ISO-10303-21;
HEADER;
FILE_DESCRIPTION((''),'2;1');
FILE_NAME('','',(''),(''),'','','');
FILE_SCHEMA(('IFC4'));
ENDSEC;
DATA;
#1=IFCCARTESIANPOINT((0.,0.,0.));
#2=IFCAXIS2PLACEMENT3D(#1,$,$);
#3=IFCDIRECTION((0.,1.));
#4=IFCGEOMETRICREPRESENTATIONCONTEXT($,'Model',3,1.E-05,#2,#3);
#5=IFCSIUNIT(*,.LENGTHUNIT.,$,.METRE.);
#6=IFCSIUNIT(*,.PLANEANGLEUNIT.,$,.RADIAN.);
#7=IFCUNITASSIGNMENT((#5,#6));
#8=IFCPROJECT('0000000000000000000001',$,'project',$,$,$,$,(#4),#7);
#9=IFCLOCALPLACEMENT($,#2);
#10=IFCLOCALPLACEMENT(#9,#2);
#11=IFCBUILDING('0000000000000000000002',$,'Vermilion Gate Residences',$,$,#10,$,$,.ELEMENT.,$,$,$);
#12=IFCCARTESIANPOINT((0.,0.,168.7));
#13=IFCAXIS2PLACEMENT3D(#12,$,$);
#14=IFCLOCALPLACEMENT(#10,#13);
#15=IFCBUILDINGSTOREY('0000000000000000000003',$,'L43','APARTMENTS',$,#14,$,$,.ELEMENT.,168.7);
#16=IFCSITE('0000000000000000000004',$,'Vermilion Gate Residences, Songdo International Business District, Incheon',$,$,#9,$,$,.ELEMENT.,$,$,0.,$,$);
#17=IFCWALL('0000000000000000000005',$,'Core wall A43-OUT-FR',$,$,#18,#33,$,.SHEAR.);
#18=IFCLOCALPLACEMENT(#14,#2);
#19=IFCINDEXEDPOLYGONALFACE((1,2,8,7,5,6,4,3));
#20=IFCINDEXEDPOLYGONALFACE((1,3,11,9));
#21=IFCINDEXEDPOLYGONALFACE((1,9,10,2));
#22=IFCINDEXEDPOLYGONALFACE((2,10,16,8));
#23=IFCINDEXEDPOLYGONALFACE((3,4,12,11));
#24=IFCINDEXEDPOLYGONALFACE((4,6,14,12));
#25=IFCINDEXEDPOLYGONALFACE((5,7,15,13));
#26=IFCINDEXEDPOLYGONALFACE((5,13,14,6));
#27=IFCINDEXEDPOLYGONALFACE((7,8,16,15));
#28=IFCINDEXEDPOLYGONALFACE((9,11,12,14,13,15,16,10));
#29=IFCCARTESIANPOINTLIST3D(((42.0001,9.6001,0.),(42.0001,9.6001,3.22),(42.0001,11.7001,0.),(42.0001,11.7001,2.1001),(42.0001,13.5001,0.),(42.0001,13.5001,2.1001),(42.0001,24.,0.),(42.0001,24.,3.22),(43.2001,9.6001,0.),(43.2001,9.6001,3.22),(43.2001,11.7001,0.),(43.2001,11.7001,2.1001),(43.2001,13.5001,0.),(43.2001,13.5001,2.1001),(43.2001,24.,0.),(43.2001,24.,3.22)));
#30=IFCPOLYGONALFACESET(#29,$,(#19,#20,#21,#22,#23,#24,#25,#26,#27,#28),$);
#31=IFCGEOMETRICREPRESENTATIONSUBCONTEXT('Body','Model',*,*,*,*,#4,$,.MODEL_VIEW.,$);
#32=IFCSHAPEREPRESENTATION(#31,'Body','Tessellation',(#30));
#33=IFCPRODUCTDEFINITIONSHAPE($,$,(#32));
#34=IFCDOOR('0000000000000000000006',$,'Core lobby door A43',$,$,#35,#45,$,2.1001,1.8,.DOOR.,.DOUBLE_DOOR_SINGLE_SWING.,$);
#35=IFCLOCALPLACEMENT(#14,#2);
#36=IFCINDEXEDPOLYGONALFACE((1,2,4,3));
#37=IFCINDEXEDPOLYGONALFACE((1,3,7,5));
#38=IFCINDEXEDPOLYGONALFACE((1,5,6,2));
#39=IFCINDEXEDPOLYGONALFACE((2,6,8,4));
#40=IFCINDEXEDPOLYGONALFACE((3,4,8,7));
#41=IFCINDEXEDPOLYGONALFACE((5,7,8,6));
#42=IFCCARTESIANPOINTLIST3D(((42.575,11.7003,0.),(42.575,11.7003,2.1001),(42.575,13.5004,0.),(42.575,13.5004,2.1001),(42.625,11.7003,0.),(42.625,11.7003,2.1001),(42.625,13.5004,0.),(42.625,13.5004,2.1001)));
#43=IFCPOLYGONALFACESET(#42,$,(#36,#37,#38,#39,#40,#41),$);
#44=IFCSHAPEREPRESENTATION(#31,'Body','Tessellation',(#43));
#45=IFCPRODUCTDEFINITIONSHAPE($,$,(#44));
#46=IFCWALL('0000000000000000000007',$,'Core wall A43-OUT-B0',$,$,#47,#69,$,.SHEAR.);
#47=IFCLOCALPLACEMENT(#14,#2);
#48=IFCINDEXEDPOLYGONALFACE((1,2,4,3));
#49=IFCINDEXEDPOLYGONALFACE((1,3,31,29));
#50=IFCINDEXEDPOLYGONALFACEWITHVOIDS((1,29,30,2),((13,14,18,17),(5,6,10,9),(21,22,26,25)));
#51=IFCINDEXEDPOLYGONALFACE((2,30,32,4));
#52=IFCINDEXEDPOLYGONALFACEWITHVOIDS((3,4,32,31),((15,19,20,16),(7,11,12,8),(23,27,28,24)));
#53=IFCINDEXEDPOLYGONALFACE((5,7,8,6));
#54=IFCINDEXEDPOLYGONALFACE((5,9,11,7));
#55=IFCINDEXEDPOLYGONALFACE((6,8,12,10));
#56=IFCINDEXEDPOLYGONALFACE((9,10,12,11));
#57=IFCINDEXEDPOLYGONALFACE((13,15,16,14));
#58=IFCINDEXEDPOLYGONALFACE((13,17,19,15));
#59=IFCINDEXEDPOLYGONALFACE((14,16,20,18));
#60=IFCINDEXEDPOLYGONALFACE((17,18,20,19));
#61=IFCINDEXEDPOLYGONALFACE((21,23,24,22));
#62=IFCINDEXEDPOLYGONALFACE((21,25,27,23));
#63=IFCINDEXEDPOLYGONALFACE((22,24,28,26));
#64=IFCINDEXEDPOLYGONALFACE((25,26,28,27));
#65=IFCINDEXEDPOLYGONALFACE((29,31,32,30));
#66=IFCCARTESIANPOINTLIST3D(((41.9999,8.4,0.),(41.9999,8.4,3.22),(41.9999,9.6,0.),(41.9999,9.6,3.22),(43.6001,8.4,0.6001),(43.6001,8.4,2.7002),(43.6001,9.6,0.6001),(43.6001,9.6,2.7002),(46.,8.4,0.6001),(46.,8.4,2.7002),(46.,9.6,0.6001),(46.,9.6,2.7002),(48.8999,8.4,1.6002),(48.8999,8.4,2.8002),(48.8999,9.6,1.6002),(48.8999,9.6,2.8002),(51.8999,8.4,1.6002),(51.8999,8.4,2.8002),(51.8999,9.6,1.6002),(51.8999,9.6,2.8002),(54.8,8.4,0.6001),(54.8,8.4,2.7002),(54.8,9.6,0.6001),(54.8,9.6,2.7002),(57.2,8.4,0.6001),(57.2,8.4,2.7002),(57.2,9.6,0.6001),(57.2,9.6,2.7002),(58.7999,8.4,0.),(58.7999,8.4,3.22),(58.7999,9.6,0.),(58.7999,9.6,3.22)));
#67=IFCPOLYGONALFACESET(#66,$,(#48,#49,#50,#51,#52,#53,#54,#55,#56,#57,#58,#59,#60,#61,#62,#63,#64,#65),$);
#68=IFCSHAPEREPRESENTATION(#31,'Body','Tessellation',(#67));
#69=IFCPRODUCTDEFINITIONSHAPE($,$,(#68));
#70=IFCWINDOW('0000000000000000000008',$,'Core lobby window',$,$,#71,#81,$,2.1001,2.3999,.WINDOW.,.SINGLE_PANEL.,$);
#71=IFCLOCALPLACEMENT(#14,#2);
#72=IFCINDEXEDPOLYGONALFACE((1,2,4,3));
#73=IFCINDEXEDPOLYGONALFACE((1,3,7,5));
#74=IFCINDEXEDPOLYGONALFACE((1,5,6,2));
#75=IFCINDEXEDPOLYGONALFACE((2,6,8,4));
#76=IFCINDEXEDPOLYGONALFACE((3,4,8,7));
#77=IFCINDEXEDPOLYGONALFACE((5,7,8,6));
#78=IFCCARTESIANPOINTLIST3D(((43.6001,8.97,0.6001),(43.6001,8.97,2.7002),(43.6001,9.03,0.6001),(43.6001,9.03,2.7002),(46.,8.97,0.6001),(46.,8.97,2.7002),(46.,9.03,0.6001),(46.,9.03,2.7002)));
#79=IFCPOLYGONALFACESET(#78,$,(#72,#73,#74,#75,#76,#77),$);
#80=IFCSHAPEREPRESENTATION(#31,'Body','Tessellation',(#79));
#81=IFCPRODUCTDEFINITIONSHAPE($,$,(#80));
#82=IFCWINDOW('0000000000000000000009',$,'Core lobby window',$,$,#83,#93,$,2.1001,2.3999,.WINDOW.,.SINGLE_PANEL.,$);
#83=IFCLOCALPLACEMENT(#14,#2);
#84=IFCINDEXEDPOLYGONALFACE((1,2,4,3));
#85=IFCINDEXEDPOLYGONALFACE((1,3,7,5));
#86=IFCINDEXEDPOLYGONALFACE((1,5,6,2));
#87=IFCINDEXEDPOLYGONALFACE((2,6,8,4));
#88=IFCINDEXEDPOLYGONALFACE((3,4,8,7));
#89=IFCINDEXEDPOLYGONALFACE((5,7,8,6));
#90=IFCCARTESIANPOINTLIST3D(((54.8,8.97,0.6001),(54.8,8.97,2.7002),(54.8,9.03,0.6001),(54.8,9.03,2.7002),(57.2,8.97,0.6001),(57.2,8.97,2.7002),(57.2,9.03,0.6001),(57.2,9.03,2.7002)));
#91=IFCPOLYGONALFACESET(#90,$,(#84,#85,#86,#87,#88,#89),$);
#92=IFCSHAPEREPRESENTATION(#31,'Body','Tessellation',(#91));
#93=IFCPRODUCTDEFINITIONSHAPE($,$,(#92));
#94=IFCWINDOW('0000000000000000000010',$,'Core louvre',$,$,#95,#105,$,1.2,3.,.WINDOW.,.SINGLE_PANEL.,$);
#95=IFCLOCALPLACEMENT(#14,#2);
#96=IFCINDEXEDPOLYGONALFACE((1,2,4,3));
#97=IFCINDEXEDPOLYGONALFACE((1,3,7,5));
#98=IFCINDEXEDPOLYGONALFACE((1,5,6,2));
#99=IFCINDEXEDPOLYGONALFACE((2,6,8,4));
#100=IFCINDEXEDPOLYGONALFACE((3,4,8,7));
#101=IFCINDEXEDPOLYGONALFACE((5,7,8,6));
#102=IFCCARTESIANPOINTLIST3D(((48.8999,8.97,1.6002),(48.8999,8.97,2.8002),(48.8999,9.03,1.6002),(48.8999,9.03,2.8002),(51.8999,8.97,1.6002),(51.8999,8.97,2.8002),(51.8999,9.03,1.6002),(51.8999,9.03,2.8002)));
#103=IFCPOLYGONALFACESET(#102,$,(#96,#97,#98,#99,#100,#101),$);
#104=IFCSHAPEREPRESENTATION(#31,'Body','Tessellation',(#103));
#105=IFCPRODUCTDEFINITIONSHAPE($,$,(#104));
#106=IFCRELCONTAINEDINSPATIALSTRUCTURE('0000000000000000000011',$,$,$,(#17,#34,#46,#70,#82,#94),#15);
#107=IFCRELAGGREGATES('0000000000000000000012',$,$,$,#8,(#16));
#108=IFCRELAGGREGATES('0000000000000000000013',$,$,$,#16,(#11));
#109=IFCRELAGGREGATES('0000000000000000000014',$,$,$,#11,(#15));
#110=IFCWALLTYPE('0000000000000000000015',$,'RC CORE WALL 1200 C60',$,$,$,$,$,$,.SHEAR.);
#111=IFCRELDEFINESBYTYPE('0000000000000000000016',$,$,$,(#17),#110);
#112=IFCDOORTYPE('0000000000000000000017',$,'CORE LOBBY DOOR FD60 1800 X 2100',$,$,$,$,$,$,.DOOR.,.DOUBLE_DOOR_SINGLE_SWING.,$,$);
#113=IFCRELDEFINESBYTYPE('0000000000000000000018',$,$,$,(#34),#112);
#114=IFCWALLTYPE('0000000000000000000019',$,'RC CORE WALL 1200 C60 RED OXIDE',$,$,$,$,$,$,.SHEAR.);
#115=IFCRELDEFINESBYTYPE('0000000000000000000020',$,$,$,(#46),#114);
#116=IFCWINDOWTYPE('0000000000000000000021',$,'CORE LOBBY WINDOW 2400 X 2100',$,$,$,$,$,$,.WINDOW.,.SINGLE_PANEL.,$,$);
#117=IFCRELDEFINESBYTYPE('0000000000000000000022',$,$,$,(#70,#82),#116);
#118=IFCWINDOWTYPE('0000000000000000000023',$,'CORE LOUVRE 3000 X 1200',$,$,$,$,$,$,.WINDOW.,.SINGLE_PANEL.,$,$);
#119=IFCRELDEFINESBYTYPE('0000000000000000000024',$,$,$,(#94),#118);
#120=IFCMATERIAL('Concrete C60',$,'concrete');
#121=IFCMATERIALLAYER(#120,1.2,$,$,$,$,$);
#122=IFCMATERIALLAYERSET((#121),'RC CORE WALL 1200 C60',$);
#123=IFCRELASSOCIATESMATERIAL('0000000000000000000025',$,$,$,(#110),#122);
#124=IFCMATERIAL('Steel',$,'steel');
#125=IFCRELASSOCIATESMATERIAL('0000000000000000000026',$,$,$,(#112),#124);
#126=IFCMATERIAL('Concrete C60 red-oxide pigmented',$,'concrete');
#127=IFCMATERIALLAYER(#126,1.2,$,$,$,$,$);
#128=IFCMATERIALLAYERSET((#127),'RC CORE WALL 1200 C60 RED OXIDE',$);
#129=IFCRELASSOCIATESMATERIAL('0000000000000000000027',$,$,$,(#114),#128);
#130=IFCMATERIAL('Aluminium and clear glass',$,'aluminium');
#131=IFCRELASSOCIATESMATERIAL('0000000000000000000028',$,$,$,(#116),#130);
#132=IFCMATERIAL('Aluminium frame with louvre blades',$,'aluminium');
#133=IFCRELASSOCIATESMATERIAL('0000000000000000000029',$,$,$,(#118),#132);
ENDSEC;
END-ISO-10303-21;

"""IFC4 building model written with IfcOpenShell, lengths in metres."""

from ifc_helpers import new_model, si_unit, direction, frame, frame_2d, origin, place, context, subcontext, project, spatial, rectangle, extrude, material, layer, layer_set, type_object, element, fill, save


model = new_model("IFC4")

# Units and contexts
model_context = context("Model", 3, precision=1e-05, world=origin(), true_north=direction((0.0, 1.0)))
body_context = subcontext(model_context, "Body", "Model", "MODEL_VIEW")
ifc_project = project(units=[si_unit("LENGTHUNIT", "METRE"), si_unit("PLANEANGLEUNIT", "RADIAN")], contexts=[model_context])

# Site, building, storey
site_placement = place(None, origin())
site = spatial("IfcSite", under=ifc_project, at=site_placement, Name="Vermilion Gate Residences, Songdo International Business District, Incheon", CompositionType="ELEMENT", RefElevation=0.0)
building_placement = place(site_placement, origin())
building = spatial("IfcBuilding", under=site, at=building_placement, Name="Vermilion Gate Residences", CompositionType="ELEMENT")
storey_placement = place(building_placement, frame((0.0, 0.0, 168.7)))
storey = spatial("IfcBuildingStorey", under=building, at=storey_placement, Name="L43", Description="APARTMENTS", CompositionType="ELEMENT", Elevation=168.7)

# Wall, opening, door
ifc_material_1 = material(Name="Concrete C60", Category="concrete")
ifc_layer_1 = layer(ifc_material_1, 1.2)
ifc_layer_set_1 = layer_set([ifc_layer_1], Name="RC CORE WALL 1200 C60")
wall_type_1 = type_object("IfcWallType", Name="RC CORE WALL 1200 C60", PredefinedType="SHEAR", material=ifc_layer_set_1)
wall_1_placement = place(storey_placement, frame((42.6001, 9.6001, 0.0), z_axis=(0.0, 0.0, 1.0), x_axis=(0.0, 1.0, 0.0)))
wall_1 = element("IfcWall", 1, at=wall_1_placement, inside=storey, type_object=wall_type_1, Name="Core wall A43-OUT-FR", PredefinedType="SHEAR", context=body_context, shape_type="SweptSolid", body=[
    extrude(rectangle(XDim=14.3999, YDim=1.2, at=frame_2d((7.2, 0.0))), origin(), (0.0, 0.0, 1.0), 3.22),
])
opening_1_placement = place(wall_1_placement, frame((2.1001, 0.0, 0.0)))
opening_1 = element("IfcOpeningElement", 2, at=opening_1_placement, cuts=wall_1, PredefinedType="OPENING", context=body_context, shape_type="SweptSolid", body=[
    extrude(rectangle(XDim=1.8, YDim=2.1001, at=frame_2d((0.8999, 1.05))), frame((0.0, 0.6099, 0.0), z_axis=(0.0, -1.0, 0.0), x_axis=(1.0, 0.0, 0.0)), (0.0, 0.0, 1.0), 1.22),
])
ifc_material_2 = material(Name="Steel", Category="steel")
door_type_1 = type_object("IfcDoorType", Name="CORE LOBBY DOOR FD60 1800 X 2100", OperationType="DOUBLE_DOOR_SINGLE_SWING", PredefinedType="DOOR", material=ifc_material_2)
door_1_placement = place(opening_1_placement, frame((1.8, 0.0, 0.0), z_axis=(0.0, 0.0, 1.0), x_axis=(-1.0, 0.0, 0.0)))
door_1 = element("IfcDoor", 3, at=door_1_placement, inside=storey, type_object=door_type_1, Name="Core lobby door A43", OperationType="DOUBLE_DOOR_SINGLE_SWING", OverallHeight=2.1001, OverallWidth=1.8, PredefinedType="DOOR", context=body_context, shape_type="SweptSolid", body=[
    extrude(rectangle(XDim=1.8, YDim=2.1001, at=frame_2d((0.8999, 1.05))), frame((0.0, 0.0249, 0.0), z_axis=(0.0, -1.0, 0.0), x_axis=(1.0, 0.0, 0.0)), (0.0, 0.0, 1.0), 0.05),
])
fill(opening_1, door_1)

# Wall, openings, windows
ifc_material_3 = material(Name="Concrete C60 red-oxide pigmented", Category="concrete")
ifc_layer_2 = layer(ifc_material_3, 1.2)
ifc_layer_set_2 = layer_set([ifc_layer_2], Name="RC CORE WALL 1200 C60 RED OXIDE")
wall_type_2 = type_object("IfcWallType", Name="RC CORE WALL 1200 C60 RED OXIDE", PredefinedType="SHEAR", material=ifc_layer_set_2)
wall_2_placement = place(storey_placement, frame((42.0, 9.0, 0.0), z_axis=(0.0, 0.0, 1.0), x_axis=(1.0, 0.0, 0.0)))
wall_2 = element("IfcWall", 4, at=wall_2_placement, inside=storey, type_object=wall_type_2, Name="Core wall A43-OUT-B0", PredefinedType="SHEAR", context=body_context, shape_type="SweptSolid", body=[
    extrude(rectangle(XDim=16.8, YDim=1.2, at=frame_2d((8.3999, 0.0))), origin(), (0.0, 0.0, 1.0), 3.22),
])
opening_2_placement = place(wall_2_placement, frame((1.6001, 0.0, 0.6001)))
opening_2 = element("IfcOpeningElement", 5, at=opening_2_placement, cuts=wall_2, PredefinedType="OPENING", context=body_context, shape_type="SweptSolid", body=[
    extrude(rectangle(XDim=2.3999, YDim=2.1001, at=frame_2d((1.2, 1.05))), frame((0.0, 0.6099, 0.0), z_axis=(0.0, -1.0, 0.0), x_axis=(1.0, 0.0, 0.0)), (0.0, 0.0, 1.0), 1.22),
])
opening_3_placement = place(wall_2_placement, frame((6.8999, 0.0, 1.6001)))
opening_3 = element("IfcOpeningElement", 6, at=opening_3_placement, cuts=wall_2, PredefinedType="OPENING", context=body_context, shape_type="SweptSolid", body=[
    extrude(rectangle(XDim=3.0, YDim=1.2, at=frame_2d((1.5, 0.6001))), frame((0.0, 0.6099, 0.0), z_axis=(0.0, -1.0, 0.0), x_axis=(1.0, 0.0, 0.0)), (0.0, 0.0, 1.0), 1.22),
])
opening_4_placement = place(wall_2_placement, frame((12.8, 0.0, 0.6001)))
opening_4 = element("IfcOpeningElement", 7, at=opening_4_placement, cuts=wall_2, PredefinedType="OPENING", context=body_context, shape_type="SweptSolid", body=[
    extrude(rectangle(XDim=2.3999, YDim=2.1001, at=frame_2d((1.2, 1.05))), frame((0.0, 0.6099, 0.0), z_axis=(0.0, -1.0, 0.0), x_axis=(1.0, 0.0, 0.0)), (0.0, 0.0, 1.0), 1.22),
])
ifc_material_4 = material(Name="Aluminium and clear glass", Category="aluminium")
window_type_1 = type_object("IfcWindowType", Name="CORE LOBBY WINDOW 2400 X 2100", PartitioningType="SINGLE_PANEL", PredefinedType="WINDOW", material=ifc_material_4)
window_1_placement = place(opening_2_placement, origin())
window_1 = element("IfcWindow", 8, at=window_1_placement, inside=storey, type_object=window_type_1, Name="Core lobby window", OverallHeight=2.1001, OverallWidth=2.3999, PartitioningType="SINGLE_PANEL", PredefinedType="WINDOW", context=body_context, shape_type="SweptSolid", body=[
    extrude(rectangle(XDim=2.3999, YDim=2.1001, at=frame_2d((1.2, 1.05))), frame((0.0, 0.03, 0.0), z_axis=(0.0, -1.0, 0.0), x_axis=(1.0, 0.0, 0.0)), (0.0, 0.0, 1.0), 0.0601),
])
fill(opening_2, window_1)
window_2_placement = place(opening_4_placement, origin())
window_2 = element("IfcWindow", 9, at=window_2_placement, inside=storey, type_object=window_type_1, Name="Core lobby window", OverallHeight=2.1001, OverallWidth=2.3999, PartitioningType="SINGLE_PANEL", PredefinedType="WINDOW", context=body_context, shape_type="SweptSolid", body=[
    extrude(rectangle(XDim=2.3999, YDim=2.1001, at=frame_2d((1.2, 1.05))), frame((0.0, 0.03, 0.0), z_axis=(0.0, -1.0, 0.0), x_axis=(1.0, 0.0, 0.0)), (0.0, 0.0, 1.0), 0.0601),
])
fill(opening_4, window_2)
ifc_material_5 = material(Name="Aluminium frame with louvre blades", Category="aluminium")
window_type_2 = type_object("IfcWindowType", Name="CORE LOUVRE 3000 X 1200", PartitioningType="SINGLE_PANEL", PredefinedType="WINDOW", material=ifc_material_5)
window_3_placement = place(opening_3_placement, origin())
window_3 = element("IfcWindow", 10, at=window_3_placement, inside=storey, type_object=window_type_2, Name="Core louvre", OverallHeight=1.2, OverallWidth=3.0, PartitioningType="SINGLE_PANEL", PredefinedType="WINDOW", context=body_context, shape_type="SweptSolid", body=[
    extrude(rectangle(XDim=3.0, YDim=1.2, at=frame_2d((1.5, 0.6001))), frame((0.0, 0.03, 0.0), z_axis=(0.0, -1.0, 0.0), x_axis=(1.0, 0.0, 0.0)), (0.0, 0.0, 1.0), 0.0601),
])
fill(opening_3, window_3)

save(model, "model.ifc")
